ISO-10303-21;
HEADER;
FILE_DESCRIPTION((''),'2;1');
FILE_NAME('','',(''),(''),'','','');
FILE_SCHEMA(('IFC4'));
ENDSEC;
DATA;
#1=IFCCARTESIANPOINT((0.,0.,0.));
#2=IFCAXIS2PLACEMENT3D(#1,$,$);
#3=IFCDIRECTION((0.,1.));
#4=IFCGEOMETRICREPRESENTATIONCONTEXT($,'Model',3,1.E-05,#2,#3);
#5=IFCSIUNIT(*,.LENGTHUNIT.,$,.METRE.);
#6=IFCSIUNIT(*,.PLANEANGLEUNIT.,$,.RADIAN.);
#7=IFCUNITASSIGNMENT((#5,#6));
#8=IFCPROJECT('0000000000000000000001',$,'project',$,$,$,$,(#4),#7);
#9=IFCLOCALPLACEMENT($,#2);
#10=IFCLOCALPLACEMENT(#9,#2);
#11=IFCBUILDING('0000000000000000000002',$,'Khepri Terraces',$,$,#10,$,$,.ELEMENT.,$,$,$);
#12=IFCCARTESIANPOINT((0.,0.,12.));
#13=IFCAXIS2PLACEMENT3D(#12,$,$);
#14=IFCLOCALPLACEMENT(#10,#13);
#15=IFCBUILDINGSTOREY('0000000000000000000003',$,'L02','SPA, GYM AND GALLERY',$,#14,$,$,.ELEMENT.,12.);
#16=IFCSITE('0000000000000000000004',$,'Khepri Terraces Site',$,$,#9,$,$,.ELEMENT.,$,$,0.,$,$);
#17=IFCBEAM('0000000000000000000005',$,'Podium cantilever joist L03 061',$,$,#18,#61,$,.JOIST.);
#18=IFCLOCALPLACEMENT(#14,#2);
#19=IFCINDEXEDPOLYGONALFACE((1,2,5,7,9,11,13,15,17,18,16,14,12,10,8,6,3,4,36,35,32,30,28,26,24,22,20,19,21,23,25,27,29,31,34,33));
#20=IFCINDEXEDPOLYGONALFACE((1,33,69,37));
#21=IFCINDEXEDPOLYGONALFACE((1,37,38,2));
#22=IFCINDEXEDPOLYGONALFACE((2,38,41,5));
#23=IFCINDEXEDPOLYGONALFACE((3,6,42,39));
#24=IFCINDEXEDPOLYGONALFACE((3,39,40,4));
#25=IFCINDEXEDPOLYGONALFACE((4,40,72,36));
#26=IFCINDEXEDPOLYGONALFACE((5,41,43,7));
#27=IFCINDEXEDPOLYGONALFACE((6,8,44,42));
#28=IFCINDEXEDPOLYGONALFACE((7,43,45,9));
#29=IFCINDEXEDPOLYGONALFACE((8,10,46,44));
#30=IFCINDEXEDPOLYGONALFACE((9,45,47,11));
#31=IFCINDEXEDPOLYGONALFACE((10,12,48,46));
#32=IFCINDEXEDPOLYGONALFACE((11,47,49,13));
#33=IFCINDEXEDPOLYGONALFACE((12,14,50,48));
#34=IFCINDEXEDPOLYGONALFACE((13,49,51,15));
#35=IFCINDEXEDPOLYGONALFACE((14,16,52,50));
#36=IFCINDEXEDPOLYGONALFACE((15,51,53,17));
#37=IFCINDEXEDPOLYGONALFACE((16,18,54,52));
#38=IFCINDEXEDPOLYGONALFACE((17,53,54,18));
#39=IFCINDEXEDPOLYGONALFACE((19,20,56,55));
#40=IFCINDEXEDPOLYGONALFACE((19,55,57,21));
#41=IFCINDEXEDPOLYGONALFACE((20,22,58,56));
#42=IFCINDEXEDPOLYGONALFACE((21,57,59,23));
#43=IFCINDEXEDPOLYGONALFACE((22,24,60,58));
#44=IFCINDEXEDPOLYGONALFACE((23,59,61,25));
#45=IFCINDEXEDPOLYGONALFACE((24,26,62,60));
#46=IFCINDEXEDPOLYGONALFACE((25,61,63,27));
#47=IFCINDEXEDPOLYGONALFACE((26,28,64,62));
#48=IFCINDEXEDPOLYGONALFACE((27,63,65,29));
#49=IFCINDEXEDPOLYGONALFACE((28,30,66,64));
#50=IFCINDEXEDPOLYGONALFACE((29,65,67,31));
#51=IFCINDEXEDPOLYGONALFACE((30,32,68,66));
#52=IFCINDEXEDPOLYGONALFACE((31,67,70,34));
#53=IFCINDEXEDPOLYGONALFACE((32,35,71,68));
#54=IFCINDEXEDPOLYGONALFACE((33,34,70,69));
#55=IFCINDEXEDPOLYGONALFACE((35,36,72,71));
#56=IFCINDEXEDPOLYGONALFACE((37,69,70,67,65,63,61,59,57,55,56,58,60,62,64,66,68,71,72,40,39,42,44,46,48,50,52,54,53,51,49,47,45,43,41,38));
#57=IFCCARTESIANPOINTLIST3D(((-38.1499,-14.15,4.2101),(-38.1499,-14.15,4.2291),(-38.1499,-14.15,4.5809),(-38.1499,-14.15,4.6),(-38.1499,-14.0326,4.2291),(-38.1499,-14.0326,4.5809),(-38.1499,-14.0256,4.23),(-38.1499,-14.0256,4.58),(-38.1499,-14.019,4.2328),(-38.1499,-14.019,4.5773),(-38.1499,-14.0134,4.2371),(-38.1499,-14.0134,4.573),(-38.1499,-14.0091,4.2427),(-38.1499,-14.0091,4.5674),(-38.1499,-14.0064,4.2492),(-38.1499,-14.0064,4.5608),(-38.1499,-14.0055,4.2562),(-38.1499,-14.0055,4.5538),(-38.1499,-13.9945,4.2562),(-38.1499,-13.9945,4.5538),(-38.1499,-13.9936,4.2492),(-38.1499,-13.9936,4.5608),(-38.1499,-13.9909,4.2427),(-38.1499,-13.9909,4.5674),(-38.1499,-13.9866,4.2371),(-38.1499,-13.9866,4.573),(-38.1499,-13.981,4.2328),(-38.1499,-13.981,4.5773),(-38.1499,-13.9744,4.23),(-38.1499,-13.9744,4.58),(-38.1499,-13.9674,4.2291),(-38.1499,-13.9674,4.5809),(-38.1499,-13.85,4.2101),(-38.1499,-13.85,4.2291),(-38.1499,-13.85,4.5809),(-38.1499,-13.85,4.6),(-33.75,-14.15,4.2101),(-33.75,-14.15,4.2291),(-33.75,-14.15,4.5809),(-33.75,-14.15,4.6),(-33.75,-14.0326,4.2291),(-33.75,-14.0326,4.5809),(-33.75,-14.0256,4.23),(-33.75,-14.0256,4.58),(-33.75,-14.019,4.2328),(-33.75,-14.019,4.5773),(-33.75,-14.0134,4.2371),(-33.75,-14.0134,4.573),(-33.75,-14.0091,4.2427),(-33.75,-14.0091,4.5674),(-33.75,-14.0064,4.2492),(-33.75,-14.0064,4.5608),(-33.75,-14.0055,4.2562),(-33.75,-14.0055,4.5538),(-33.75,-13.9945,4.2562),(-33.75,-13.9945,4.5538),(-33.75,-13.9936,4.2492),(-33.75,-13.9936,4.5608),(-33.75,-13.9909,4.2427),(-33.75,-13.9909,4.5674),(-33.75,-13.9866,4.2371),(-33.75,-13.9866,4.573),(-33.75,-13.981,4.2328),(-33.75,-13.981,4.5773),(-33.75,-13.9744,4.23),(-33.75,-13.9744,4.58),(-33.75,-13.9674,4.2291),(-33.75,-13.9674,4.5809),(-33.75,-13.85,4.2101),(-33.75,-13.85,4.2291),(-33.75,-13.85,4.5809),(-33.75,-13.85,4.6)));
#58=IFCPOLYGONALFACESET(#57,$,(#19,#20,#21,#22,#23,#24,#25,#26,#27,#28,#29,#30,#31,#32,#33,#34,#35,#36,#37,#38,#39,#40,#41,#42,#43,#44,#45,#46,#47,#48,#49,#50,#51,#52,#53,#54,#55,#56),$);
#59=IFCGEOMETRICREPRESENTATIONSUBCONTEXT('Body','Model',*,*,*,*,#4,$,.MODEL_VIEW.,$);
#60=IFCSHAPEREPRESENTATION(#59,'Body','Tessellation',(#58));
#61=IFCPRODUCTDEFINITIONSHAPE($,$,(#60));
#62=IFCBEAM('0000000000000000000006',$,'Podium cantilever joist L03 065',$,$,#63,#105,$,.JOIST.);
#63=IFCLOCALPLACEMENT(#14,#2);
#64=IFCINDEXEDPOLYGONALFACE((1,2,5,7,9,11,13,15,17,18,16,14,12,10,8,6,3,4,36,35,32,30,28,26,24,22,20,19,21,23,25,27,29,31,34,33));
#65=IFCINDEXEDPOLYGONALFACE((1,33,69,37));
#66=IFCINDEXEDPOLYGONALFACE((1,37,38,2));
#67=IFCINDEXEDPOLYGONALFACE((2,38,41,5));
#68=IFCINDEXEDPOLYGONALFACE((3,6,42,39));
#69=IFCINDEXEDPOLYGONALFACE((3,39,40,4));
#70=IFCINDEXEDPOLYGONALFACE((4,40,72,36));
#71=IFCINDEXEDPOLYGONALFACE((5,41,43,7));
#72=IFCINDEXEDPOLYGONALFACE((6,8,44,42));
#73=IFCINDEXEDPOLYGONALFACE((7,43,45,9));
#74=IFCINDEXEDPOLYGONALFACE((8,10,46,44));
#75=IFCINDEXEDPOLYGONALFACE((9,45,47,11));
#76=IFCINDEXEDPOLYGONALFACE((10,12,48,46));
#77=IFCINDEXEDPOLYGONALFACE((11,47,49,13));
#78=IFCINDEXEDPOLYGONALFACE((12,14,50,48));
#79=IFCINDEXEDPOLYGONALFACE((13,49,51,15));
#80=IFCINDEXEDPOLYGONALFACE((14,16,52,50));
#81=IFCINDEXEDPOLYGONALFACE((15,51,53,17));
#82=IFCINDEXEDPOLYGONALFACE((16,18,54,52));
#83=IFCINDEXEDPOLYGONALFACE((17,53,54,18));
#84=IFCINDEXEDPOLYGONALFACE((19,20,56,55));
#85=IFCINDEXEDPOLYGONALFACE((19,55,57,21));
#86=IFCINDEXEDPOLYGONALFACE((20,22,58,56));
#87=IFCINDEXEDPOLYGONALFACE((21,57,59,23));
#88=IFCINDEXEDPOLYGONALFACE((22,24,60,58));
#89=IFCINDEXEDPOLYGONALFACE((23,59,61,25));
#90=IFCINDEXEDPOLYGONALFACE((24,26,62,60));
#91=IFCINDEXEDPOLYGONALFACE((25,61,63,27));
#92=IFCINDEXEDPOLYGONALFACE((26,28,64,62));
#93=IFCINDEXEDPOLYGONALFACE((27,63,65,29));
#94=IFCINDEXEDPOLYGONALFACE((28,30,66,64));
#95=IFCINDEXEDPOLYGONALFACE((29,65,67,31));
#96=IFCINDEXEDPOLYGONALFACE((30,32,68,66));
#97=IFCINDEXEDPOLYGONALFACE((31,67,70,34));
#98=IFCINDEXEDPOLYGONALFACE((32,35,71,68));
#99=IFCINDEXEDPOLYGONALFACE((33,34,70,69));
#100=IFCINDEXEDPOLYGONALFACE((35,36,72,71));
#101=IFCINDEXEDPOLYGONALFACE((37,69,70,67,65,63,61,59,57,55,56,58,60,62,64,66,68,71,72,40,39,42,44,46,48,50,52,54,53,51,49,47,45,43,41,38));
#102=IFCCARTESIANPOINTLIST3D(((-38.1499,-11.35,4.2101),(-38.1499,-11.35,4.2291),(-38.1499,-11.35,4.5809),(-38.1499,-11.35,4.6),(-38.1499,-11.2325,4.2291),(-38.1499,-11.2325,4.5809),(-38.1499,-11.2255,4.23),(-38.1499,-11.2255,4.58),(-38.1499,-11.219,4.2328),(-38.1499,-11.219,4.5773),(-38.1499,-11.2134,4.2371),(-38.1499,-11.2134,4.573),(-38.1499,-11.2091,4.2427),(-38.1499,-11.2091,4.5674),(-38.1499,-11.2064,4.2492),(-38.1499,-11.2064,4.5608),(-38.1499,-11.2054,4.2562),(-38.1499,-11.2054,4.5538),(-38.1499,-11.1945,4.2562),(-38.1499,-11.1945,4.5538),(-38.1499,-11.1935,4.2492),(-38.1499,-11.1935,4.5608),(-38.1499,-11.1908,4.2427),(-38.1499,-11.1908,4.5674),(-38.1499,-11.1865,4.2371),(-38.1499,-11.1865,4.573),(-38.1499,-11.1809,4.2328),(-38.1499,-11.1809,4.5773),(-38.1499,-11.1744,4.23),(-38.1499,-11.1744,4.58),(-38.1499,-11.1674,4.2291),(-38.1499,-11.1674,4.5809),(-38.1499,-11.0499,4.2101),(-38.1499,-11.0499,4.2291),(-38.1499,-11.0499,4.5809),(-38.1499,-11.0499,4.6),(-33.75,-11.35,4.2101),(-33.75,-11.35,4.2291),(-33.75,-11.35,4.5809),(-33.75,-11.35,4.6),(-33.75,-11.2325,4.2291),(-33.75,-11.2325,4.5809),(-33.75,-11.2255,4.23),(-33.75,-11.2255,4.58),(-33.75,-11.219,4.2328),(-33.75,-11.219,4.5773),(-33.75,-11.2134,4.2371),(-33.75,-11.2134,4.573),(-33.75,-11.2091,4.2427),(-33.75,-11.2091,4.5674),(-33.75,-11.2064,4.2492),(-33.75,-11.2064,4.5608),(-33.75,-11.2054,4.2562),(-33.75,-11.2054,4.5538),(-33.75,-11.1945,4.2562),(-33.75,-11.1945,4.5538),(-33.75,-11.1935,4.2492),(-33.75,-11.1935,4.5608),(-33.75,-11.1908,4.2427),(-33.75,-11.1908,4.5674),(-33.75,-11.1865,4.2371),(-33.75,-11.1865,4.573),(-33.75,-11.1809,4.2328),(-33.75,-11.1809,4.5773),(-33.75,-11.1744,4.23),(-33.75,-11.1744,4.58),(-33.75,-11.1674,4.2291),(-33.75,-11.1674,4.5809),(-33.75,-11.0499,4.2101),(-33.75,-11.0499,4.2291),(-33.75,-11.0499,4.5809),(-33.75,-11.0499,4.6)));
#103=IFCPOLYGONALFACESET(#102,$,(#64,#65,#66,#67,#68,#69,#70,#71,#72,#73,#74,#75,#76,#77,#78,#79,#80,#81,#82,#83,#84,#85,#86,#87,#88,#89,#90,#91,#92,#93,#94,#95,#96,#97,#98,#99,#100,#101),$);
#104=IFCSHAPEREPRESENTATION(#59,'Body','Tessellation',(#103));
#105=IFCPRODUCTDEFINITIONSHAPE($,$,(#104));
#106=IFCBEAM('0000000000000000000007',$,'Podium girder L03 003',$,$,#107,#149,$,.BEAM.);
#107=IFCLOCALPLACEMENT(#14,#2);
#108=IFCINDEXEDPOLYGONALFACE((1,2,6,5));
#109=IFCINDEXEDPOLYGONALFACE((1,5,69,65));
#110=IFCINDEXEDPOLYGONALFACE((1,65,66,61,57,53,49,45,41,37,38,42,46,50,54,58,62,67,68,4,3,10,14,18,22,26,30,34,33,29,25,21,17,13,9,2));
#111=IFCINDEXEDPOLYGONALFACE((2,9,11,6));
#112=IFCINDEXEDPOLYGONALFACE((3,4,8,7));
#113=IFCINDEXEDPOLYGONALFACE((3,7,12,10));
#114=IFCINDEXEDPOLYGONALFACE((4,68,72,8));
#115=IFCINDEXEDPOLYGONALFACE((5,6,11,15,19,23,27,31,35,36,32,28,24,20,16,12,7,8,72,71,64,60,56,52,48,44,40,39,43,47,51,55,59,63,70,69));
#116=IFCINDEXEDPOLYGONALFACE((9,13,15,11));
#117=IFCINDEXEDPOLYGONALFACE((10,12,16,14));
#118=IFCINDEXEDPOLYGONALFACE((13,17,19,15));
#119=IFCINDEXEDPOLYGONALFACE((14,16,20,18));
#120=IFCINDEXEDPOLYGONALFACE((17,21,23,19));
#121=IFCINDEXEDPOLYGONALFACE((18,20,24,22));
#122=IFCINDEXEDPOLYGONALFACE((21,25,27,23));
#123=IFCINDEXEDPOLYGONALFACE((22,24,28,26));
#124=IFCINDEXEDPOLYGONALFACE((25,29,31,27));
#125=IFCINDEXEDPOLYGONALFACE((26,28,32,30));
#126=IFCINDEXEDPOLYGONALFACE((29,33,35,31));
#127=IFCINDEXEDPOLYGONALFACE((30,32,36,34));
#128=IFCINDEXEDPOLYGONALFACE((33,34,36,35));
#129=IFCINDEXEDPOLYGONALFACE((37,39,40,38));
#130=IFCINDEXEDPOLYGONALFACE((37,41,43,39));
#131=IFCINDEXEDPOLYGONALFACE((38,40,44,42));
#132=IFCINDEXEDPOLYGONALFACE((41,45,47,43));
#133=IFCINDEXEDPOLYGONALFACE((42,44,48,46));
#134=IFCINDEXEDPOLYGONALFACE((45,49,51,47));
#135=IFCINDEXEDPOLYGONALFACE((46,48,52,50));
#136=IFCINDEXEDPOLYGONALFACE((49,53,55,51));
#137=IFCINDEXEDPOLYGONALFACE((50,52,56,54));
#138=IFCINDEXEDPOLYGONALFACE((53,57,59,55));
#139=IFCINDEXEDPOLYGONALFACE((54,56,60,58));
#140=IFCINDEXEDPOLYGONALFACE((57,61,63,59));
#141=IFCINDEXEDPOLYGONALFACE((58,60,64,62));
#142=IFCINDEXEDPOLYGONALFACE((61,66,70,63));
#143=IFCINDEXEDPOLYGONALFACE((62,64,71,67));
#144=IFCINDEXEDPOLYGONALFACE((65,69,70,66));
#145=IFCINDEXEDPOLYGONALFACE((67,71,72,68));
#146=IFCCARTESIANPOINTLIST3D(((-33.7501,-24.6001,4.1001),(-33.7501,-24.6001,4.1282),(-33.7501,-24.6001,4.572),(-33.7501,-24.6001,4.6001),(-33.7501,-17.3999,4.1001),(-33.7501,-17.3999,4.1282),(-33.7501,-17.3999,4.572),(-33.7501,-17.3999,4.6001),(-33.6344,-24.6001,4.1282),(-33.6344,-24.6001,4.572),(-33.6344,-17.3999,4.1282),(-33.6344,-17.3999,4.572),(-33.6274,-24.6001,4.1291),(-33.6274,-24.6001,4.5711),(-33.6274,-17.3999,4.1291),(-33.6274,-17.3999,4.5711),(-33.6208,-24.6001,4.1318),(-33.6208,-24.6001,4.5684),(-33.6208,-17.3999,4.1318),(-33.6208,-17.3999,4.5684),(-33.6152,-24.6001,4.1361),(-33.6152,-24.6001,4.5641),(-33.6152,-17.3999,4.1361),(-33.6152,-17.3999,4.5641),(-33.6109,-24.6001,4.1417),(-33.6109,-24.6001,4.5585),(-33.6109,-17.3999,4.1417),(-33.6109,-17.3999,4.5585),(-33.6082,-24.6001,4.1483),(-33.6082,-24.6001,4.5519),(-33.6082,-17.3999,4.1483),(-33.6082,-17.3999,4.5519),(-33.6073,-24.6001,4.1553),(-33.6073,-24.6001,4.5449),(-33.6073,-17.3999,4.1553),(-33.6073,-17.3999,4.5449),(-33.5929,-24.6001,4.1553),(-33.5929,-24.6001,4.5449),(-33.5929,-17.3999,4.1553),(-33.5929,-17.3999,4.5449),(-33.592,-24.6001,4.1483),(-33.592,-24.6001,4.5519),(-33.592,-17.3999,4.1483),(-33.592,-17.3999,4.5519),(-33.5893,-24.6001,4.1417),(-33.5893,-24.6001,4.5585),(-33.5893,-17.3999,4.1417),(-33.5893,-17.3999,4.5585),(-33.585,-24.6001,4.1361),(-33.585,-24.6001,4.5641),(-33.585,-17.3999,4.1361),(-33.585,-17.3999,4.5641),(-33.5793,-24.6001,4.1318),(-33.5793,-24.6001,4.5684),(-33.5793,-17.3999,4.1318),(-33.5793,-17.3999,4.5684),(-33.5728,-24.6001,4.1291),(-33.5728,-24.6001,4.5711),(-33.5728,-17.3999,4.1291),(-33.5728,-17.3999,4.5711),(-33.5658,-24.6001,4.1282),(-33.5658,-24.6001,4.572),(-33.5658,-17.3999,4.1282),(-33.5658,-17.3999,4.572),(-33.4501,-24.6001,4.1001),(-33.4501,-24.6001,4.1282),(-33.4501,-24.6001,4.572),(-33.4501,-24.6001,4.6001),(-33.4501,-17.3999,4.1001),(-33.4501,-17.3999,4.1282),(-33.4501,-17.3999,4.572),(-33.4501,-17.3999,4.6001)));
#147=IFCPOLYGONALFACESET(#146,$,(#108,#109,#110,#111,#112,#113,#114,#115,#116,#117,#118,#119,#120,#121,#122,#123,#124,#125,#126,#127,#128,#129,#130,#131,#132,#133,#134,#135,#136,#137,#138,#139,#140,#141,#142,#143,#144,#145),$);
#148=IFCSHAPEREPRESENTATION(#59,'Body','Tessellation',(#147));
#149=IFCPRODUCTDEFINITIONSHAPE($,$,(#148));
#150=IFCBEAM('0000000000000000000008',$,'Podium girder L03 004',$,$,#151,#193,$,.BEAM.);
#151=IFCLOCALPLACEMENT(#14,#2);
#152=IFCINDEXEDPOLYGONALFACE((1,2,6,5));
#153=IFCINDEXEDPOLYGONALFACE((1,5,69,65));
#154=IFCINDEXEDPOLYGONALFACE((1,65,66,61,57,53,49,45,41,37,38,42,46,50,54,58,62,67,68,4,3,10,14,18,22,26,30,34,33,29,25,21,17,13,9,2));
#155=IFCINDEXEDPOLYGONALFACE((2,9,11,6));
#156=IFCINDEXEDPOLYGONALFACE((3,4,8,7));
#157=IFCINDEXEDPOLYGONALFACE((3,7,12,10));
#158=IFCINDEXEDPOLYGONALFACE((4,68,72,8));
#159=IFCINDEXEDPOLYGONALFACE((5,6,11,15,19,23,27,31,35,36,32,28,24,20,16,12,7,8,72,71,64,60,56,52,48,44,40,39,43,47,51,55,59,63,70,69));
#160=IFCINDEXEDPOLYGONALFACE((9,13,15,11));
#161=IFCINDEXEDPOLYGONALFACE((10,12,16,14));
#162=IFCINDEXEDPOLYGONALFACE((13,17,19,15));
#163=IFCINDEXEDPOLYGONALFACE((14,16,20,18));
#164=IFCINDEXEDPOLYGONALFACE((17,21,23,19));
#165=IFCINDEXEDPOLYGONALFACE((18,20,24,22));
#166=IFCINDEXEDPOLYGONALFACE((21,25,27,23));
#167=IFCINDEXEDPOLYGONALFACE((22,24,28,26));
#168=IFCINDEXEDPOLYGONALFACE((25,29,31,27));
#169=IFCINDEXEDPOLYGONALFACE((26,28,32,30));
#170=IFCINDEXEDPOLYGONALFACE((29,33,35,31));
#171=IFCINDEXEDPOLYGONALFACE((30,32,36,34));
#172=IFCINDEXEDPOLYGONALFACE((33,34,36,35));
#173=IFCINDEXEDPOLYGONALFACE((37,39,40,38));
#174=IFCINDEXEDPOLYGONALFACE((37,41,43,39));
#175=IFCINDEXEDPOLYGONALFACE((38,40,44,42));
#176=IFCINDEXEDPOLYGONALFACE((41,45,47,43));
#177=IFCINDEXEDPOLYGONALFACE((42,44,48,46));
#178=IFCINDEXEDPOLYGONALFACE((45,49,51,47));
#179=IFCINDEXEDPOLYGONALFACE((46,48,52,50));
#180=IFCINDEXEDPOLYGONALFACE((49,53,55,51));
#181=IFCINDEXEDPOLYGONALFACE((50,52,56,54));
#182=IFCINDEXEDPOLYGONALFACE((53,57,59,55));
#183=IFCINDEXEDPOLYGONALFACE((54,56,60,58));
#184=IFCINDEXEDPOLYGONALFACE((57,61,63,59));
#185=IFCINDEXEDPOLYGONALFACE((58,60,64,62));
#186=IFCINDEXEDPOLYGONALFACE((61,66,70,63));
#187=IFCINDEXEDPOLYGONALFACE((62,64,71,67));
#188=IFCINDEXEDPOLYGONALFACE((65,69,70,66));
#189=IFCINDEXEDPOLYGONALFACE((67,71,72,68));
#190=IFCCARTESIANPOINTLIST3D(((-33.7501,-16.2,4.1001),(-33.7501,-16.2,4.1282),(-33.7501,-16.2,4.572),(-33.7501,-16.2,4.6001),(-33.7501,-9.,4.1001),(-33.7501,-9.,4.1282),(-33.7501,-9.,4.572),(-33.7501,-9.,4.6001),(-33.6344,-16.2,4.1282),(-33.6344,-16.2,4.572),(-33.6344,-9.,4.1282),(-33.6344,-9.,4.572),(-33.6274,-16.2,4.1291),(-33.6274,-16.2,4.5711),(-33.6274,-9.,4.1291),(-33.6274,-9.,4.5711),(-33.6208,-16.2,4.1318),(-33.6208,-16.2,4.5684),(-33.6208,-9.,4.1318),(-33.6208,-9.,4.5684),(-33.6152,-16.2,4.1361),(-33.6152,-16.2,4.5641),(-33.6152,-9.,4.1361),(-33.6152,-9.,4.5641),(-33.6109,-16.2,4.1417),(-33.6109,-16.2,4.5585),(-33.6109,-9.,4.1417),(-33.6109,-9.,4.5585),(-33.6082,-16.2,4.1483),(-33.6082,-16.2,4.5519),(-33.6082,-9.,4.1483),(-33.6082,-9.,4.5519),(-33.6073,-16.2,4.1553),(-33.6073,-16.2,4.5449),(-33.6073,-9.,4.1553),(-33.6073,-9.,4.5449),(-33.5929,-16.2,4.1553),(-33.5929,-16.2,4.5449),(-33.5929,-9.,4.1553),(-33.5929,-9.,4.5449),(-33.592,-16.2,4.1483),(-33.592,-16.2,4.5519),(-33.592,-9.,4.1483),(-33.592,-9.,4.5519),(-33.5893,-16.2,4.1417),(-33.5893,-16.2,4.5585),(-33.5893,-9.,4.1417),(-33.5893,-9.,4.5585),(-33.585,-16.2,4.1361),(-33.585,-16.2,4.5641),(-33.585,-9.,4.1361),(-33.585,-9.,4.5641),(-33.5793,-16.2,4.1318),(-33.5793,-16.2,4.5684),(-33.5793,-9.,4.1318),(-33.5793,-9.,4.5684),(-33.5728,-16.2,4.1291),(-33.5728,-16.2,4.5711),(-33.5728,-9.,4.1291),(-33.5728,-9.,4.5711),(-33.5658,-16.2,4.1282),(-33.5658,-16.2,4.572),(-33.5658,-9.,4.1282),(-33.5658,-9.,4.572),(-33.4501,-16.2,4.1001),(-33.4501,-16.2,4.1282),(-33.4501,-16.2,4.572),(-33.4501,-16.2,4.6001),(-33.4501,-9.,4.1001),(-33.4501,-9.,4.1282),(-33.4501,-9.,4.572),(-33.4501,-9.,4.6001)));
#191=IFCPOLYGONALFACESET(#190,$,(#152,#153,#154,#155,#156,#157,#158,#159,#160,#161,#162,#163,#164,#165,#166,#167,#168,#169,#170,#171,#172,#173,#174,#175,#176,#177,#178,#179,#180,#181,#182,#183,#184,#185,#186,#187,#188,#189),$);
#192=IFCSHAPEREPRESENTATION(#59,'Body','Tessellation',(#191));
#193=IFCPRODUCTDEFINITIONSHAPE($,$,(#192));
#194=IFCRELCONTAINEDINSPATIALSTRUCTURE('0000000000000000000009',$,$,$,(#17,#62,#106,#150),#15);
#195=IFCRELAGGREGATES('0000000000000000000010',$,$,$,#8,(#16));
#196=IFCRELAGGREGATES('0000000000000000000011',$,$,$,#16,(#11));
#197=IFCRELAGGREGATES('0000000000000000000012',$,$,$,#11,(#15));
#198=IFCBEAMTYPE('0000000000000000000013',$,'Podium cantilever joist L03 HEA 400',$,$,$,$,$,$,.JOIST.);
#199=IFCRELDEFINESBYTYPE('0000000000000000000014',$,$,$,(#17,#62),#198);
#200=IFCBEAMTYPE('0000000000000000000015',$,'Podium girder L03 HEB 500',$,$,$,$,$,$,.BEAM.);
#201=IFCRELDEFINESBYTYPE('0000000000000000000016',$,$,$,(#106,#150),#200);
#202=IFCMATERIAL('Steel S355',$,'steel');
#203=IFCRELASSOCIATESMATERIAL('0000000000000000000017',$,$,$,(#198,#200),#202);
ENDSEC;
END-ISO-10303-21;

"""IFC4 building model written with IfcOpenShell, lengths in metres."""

from ifc_helpers import new_model, si_unit, direction, frame, origin, origin_2d, place, context, subcontext, project, spatial, i_section, extrude, material, material_profile, profile_set, type_object, element, save


model = new_model("IFC4")

# Units and contexts
model_context = context("Model", 3, precision=1e-05, world=origin(), true_north=direction((0.0, 1.0)))
body_context = subcontext(model_context, "Body", "Model", "MODEL_VIEW")
ifc_project = project(units=[si_unit("LENGTHUNIT", "METRE"), si_unit("PLANEANGLEUNIT", "RADIAN")], contexts=[model_context])

# Site, building, storey
site_placement = place(None, origin())
site = spatial("IfcSite", under=ifc_project, at=site_placement, Name="Khepri Terraces Site", CompositionType="ELEMENT", RefElevation=0.0)
building_placement = place(site_placement, origin())
building = spatial("IfcBuilding", under=site, at=building_placement, Name="Khepri Terraces", CompositionType="ELEMENT")
storey_placement = place(building_placement, frame((0.0, 0.0, 12.0)))
storey = spatial("IfcBuildingStorey", under=building, at=storey_placement, Name="L02", Description="SPA, GYM AND GALLERY", CompositionType="ELEMENT", Elevation=12.0)

# Beams
ifc_material_1 = material(Name="Steel S355", Category="steel")
ifc_material_profile_1 = material_profile(ifc_material_1, i_section(OverallWidth=0.3, OverallDepth=0.3899, WebThickness=0.011, FlangeThickness=0.019, FilletRadius=0.0271, at=origin_2d()), Name="Steel S355", Category="steel")
ifc_profile_set_1 = profile_set([ifc_material_profile_1], Name="Steel S355")
beam_type_1 = type_object("IfcBeamType", Name="Podium cantilever joist L03 HEA 400", PredefinedType="JOIST", material=ifc_profile_set_1)
for number, where, z_axis, x_axis, name in (
    (1, (-38.1499, -14.0, 4.405), (1.0, 0.0, 0.0), (0.0, 1.0, 0.0), "Podium cantilever joist L03 061"),
    (2, (-38.1499, -11.2, 4.405), (1.0, 0.0, 0.0), (0.0, 1.0, 0.0), "Podium cantilever joist L03 065"),
):
    element("IfcBeam", number, at=place(storey_placement, frame(where, z_axis=z_axis, x_axis=x_axis)), inside=storey, type_object=beam_type_1, Name=name, PredefinedType="JOIST", context=body_context, shape_type="SweptSolid", body=[
        extrude(i_section(OverallWidth=0.3, OverallDepth=0.3899, WebThickness=0.011, FlangeThickness=0.019, FilletRadius=0.0271, at=origin_2d()), origin(), (0.0, 0.0, 1.0), 4.3999),
    ])
ifc_material_profile_2 = material_profile(ifc_material_1, i_section(OverallWidth=0.3, OverallDepth=0.5, WebThickness=0.0144, FlangeThickness=0.0281, FilletRadius=0.0271, at=origin_2d()), Name="Steel S355", Category="steel")
ifc_profile_set_2 = profile_set([ifc_material_profile_2], Name="Steel S355")
beam_type_2 = type_object("IfcBeamType", Name="Podium girder L03 HEB 500", PredefinedType="BEAM", material=ifc_profile_set_2)
beam_1_placement = place(storey_placement, frame((-33.6001, -24.6001, 4.3501), z_axis=(0.0, 1.0, 0.0), x_axis=(-1.0, 0.0, 0.0)))
element("IfcBeam", 3, at=beam_1_placement, inside=storey, type_object=beam_type_2, Name="Podium girder L03 003", PredefinedType="BEAM", context=body_context, shape_type="SweptSolid", body=[
    extrude(i_section(OverallWidth=0.3, OverallDepth=0.5, WebThickness=0.0144, FlangeThickness=0.0281, FilletRadius=0.0271, at=origin_2d()), origin(), (0.0, 0.0, 1.0), 7.2002),
])
beam_2_placement = place(storey_placement, frame((-33.6001, -16.2, 4.3501), z_axis=(0.0, 1.0, 0.0), x_axis=(-1.0, 0.0, 0.0)))
element("IfcBeam", 4, at=beam_2_placement, inside=storey, type_object=beam_type_2, Name="Podium girder L03 004", PredefinedType="BEAM", context=body_context, shape_type="SweptSolid", body=[
    extrude(i_section(OverallWidth=0.3, OverallDepth=0.5, WebThickness=0.0144, FlangeThickness=0.0281, FilletRadius=0.0271, at=origin_2d()), origin(), (0.0, 0.0, 1.0), 7.2),
])

save(model, "model.ifc")
